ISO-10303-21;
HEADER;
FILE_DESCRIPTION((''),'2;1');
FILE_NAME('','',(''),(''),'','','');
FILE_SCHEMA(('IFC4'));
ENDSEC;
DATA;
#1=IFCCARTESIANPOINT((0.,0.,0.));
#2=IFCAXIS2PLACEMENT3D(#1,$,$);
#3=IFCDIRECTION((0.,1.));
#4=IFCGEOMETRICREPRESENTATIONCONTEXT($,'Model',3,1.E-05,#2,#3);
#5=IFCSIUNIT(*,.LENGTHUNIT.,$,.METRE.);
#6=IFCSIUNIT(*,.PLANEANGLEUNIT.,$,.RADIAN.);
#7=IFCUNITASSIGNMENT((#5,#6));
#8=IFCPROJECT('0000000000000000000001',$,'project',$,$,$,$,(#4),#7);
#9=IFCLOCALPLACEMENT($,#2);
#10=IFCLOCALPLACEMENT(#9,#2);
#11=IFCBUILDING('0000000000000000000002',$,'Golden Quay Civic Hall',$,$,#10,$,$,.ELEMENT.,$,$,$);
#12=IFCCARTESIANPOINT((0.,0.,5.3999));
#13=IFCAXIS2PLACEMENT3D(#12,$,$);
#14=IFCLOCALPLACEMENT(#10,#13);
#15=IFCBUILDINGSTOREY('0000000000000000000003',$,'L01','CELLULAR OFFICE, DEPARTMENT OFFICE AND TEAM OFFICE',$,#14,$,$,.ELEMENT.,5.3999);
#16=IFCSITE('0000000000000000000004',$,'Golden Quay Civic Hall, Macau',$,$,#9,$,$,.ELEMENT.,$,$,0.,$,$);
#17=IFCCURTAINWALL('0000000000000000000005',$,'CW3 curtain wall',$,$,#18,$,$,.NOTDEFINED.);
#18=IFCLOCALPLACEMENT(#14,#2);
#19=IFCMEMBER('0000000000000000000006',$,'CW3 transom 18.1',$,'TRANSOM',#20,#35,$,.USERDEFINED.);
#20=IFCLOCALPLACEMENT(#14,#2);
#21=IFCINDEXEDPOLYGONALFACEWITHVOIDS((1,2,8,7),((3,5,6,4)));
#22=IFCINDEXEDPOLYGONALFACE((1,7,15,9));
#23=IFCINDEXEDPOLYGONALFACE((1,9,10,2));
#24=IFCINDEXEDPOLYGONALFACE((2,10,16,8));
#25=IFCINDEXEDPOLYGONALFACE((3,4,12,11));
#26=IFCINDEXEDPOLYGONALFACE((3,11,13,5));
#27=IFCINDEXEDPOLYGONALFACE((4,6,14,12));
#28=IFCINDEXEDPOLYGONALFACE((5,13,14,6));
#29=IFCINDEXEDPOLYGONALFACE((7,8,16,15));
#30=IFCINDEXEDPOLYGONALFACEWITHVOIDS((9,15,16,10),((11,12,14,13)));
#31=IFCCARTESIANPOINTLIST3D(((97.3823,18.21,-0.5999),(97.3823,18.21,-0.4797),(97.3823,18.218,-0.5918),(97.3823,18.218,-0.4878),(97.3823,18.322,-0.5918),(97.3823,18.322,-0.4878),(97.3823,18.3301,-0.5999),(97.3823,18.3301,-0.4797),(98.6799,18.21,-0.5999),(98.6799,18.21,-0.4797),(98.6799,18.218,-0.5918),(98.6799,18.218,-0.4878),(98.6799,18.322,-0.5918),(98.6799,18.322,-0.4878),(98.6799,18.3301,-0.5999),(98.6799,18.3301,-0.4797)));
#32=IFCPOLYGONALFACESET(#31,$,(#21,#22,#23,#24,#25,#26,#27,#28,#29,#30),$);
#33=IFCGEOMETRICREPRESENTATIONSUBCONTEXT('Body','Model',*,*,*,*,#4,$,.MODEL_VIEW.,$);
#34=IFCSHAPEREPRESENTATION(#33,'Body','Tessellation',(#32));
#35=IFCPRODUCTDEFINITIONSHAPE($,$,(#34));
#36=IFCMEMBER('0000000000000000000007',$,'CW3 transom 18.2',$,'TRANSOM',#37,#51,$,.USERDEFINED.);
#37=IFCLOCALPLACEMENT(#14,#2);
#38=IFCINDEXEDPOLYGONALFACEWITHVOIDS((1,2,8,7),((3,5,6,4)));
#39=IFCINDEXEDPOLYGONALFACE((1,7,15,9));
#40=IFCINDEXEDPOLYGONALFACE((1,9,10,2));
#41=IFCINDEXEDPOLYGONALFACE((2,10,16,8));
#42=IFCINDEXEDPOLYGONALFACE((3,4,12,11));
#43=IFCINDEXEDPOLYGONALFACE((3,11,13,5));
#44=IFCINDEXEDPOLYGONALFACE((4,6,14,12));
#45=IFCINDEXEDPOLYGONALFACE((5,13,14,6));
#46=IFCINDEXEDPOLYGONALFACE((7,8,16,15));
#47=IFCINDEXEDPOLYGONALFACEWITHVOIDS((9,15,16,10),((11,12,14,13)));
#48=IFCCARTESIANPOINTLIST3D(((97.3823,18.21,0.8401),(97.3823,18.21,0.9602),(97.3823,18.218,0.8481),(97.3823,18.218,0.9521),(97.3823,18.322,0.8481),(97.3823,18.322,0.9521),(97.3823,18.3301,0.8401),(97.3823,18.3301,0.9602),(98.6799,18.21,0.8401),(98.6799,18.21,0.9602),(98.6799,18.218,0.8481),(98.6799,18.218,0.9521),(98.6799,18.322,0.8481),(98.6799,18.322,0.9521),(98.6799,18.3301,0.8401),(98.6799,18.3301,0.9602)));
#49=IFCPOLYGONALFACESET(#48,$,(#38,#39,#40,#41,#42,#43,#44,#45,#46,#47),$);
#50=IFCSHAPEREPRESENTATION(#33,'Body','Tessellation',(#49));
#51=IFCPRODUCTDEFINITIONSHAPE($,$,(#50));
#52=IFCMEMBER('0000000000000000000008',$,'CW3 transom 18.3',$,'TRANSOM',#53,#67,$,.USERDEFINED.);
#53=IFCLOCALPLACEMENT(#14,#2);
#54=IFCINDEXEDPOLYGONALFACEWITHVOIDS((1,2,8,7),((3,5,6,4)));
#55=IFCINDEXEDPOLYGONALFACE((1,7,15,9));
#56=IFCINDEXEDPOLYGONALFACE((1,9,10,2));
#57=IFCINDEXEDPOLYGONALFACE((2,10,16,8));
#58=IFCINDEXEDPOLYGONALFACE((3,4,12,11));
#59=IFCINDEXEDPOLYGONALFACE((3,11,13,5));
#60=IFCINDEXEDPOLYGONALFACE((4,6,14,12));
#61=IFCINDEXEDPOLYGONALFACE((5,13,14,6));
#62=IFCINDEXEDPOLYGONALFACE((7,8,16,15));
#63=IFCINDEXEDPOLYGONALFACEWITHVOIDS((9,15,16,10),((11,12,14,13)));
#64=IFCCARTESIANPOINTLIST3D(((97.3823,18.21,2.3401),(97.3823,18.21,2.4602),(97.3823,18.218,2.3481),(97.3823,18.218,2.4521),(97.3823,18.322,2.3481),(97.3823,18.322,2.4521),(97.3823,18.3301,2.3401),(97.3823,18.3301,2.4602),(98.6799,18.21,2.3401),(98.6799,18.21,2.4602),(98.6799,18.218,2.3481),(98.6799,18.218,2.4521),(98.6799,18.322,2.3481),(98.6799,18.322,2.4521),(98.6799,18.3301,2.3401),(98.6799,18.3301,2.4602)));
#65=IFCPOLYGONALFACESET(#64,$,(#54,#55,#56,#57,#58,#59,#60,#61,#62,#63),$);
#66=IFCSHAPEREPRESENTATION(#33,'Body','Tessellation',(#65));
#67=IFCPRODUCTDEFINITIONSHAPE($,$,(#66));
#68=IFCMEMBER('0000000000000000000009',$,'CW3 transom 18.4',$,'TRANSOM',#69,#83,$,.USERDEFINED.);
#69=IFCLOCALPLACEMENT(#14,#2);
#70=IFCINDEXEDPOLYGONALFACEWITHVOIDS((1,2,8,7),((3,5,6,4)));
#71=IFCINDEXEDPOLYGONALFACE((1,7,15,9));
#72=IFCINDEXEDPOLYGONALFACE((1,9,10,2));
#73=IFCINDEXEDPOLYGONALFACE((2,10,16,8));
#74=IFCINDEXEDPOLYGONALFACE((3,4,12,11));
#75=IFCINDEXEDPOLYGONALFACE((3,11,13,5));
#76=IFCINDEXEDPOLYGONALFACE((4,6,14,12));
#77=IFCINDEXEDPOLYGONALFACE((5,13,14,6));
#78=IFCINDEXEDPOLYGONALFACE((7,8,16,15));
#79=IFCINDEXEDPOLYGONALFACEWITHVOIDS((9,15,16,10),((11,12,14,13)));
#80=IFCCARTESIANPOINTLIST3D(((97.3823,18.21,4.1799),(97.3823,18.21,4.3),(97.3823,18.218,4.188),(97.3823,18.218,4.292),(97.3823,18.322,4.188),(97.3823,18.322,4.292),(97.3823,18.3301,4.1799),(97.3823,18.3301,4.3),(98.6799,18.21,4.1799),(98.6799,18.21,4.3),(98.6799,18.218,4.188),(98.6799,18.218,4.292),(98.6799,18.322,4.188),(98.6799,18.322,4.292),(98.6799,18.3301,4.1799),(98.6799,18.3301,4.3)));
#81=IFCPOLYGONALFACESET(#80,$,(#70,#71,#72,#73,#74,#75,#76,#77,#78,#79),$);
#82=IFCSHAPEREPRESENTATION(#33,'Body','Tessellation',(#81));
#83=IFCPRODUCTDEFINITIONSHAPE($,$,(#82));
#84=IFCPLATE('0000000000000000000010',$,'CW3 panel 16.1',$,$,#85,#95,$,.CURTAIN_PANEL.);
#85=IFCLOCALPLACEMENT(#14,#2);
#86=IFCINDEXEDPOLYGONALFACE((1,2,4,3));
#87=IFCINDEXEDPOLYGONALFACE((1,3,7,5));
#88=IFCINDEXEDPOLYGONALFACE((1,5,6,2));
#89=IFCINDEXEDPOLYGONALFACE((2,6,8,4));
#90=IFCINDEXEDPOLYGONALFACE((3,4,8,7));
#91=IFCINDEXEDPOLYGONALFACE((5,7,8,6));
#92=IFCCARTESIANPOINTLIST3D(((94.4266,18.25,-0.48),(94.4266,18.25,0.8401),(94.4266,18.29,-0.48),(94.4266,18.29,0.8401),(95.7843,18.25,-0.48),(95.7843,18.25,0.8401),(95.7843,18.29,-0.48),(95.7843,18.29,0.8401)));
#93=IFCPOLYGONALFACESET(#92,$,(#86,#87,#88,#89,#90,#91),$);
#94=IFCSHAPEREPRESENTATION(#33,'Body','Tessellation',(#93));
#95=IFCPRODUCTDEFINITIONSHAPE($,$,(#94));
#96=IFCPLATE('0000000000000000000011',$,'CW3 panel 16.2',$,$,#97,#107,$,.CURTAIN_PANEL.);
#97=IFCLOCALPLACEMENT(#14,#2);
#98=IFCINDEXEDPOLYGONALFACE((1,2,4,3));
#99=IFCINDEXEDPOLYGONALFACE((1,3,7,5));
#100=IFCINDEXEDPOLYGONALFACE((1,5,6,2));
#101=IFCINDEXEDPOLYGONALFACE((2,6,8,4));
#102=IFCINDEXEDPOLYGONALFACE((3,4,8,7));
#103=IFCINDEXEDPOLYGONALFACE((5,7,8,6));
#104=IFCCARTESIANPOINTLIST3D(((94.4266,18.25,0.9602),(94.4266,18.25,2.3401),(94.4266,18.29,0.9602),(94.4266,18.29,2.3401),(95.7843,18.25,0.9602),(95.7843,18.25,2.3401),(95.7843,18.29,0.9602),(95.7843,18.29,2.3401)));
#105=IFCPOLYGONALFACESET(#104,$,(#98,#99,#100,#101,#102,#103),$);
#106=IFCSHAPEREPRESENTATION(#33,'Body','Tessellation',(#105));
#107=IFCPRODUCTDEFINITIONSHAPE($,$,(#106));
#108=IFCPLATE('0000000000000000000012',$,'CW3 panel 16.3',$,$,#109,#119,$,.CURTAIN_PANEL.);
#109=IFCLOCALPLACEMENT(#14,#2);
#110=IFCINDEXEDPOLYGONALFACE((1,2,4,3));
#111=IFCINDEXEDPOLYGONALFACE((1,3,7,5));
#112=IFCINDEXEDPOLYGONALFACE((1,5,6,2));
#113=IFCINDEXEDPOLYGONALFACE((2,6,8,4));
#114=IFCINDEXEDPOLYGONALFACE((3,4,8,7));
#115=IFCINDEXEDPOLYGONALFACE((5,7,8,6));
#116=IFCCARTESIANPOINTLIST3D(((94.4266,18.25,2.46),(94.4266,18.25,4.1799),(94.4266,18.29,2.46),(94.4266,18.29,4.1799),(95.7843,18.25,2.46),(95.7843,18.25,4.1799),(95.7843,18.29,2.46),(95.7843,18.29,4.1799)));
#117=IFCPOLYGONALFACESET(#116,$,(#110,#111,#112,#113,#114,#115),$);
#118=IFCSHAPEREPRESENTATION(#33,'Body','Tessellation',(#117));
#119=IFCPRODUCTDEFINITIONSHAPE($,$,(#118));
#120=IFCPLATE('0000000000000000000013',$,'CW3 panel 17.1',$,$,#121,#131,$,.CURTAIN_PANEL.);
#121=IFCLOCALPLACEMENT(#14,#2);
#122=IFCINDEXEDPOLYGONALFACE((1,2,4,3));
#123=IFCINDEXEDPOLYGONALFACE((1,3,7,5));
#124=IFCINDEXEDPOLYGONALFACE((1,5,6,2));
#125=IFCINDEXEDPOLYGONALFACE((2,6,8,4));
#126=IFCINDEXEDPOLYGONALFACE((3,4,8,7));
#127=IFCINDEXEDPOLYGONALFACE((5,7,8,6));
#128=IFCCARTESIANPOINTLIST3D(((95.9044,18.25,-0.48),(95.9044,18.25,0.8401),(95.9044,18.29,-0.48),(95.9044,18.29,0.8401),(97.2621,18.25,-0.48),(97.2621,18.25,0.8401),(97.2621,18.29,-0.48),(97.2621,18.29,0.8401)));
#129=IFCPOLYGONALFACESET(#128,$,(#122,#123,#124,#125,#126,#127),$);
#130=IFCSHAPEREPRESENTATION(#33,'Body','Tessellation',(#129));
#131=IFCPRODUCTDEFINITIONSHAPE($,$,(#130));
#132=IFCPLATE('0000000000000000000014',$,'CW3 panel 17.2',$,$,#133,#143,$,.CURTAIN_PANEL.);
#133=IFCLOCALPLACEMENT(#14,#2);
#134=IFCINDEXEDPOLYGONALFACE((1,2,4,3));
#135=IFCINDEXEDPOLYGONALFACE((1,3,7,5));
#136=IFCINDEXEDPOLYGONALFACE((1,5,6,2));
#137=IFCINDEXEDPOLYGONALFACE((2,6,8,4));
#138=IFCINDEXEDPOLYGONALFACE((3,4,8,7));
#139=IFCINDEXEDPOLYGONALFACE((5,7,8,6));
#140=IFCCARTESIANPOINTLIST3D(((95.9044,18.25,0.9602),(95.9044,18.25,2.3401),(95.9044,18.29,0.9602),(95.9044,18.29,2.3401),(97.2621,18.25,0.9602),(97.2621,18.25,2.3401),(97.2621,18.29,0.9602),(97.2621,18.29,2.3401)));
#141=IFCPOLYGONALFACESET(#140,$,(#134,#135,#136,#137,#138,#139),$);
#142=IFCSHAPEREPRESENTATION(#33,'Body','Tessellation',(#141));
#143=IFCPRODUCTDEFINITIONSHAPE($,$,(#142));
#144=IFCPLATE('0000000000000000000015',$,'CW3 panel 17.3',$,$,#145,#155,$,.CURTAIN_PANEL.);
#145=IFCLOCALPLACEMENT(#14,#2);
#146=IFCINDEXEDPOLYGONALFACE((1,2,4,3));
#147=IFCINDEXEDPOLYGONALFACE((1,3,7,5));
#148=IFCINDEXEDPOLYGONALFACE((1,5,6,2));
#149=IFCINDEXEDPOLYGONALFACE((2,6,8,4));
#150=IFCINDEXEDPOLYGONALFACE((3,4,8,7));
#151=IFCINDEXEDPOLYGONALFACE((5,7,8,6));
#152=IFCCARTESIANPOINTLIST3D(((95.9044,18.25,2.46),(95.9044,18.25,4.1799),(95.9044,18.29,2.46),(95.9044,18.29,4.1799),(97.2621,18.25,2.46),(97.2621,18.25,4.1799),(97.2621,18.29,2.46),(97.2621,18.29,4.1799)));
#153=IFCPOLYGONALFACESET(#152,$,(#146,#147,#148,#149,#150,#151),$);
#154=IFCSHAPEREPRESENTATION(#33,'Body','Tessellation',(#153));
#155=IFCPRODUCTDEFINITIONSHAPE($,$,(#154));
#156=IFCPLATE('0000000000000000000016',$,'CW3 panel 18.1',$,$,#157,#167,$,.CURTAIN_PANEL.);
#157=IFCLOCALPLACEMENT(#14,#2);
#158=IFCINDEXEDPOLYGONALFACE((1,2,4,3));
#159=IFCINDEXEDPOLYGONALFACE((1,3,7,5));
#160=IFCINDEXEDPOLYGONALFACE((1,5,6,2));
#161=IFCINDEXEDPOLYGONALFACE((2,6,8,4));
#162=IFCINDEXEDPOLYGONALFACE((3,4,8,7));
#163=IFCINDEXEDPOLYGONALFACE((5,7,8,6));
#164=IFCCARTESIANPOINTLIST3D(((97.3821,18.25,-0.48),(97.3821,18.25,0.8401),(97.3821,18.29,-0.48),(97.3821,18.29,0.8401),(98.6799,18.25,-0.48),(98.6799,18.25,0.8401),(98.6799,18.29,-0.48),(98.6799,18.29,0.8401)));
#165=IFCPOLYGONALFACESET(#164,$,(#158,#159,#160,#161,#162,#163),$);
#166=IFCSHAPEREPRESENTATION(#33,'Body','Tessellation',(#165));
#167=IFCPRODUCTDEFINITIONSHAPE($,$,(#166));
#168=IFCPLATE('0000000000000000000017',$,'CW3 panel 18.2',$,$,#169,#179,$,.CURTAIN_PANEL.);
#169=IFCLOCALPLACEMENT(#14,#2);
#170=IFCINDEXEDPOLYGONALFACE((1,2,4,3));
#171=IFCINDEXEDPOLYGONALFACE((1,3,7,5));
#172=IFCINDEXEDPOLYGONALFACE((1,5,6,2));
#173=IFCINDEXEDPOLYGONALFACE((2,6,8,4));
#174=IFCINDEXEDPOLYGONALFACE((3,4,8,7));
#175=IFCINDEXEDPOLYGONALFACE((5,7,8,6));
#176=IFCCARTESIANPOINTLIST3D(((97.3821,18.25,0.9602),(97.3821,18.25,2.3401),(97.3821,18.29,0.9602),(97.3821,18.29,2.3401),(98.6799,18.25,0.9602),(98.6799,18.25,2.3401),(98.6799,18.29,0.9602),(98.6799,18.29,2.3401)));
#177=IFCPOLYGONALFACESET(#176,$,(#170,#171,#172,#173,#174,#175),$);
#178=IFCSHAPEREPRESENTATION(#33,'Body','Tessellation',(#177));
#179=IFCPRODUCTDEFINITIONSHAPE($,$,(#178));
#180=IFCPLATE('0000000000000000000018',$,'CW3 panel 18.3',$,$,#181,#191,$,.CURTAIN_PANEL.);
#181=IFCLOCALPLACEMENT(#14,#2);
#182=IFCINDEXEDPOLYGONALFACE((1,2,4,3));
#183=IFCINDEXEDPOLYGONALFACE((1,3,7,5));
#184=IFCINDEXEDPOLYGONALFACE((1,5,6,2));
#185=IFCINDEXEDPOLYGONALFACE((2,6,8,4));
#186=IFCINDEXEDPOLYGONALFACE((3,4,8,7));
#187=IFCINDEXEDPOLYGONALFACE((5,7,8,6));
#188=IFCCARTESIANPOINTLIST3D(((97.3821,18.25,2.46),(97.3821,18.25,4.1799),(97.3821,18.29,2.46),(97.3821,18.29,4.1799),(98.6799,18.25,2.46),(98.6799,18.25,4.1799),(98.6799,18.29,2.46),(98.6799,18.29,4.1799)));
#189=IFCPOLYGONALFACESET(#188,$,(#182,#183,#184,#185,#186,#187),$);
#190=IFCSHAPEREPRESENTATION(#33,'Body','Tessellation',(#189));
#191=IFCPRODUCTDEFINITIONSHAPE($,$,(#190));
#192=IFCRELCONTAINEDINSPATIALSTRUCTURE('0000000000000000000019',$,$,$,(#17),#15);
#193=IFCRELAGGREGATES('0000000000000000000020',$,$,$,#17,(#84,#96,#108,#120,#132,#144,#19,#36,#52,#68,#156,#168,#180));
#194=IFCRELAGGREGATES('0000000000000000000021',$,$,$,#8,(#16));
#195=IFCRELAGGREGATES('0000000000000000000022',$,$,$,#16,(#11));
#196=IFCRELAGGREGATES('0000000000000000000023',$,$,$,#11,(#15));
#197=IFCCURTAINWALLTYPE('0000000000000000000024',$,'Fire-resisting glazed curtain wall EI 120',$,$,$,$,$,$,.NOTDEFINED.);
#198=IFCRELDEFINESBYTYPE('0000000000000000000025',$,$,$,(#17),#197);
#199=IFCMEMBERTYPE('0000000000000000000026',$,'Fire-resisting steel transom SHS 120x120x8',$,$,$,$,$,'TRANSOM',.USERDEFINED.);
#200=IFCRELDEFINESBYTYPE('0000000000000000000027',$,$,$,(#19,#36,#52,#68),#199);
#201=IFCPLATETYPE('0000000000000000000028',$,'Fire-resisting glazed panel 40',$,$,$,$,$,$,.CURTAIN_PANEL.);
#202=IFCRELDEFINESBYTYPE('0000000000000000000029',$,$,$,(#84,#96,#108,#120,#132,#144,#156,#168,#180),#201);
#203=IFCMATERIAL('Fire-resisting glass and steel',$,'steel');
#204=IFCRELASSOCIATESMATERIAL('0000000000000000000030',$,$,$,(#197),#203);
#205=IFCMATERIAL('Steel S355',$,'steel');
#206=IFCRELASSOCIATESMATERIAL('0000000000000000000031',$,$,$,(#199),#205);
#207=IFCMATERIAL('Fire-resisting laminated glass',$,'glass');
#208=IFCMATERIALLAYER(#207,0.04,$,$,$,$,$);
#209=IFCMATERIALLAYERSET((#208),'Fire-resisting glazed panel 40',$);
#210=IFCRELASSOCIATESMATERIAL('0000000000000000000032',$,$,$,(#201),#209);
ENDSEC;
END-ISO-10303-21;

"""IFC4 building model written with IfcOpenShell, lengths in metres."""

from ifc_helpers import new_model, si_unit, direction, frame, origin, origin_2d, place, context, subcontext, project, spatial, rectangle, hollow_rectangle, extrude, material, layer, layer_set, material_profile, profile_set, type_object, element, aggregate, save


model = new_model("IFC4")

# Units and contexts
model_context = context("Model", 3, precision=1e-05, world=origin(), true_north=direction((0.0, 1.0)))
body_context = subcontext(model_context, "Body", "Model", "MODEL_VIEW")
ifc_project = project(units=[si_unit("LENGTHUNIT", "METRE"), si_unit("PLANEANGLEUNIT", "RADIAN")], contexts=[model_context])

# Site, building, storey
site_placement = place(None, origin())
site = spatial("IfcSite", under=ifc_project, at=site_placement, Name="Golden Quay Civic Hall, Macau", CompositionType="ELEMENT", RefElevation=0.0)
building_placement = place(site_placement, origin())
building = spatial("IfcBuilding", under=site, at=building_placement, Name="Golden Quay Civic Hall", CompositionType="ELEMENT")
storey_placement = place(building_placement, frame((0.0, 0.0, 5.3999)))
storey = spatial("IfcBuildingStorey", under=building, at=storey_placement, Name="L01", Description="CELLULAR OFFICE, DEPARTMENT OFFICE AND TEAM OFFICE", CompositionType="ELEMENT", Elevation=5.3999)

# Curtain wall, members, plates
ifc_material_1 = material(Name="Fire-resisting glass and steel", Category="steel")
curtain_wall_type = type_object("IfcCurtainWallType", Name="Fire-resisting glazed curtain wall EI 120", PredefinedType="NOTDEFINED", material=ifc_material_1)
curtain_wall_placement = place(storey_placement, origin())
curtain_wall = element("IfcCurtainWall", 1, at=curtain_wall_placement, inside=storey, type_object=curtain_wall_type, Name="CW3 curtain wall", PredefinedType="NOTDEFINED")
ifc_material_2 = material(Name="Steel S355", Category="steel")
ifc_material_profile_1 = material_profile(ifc_material_2, hollow_rectangle(XDim=0.1201, YDim=0.1201, WallThickness=0.0081, at=origin_2d()), Name="SHS 120x120x8")
ifc_profile_set_1 = profile_set([ifc_material_profile_1], Name="Steel S355")
member_type_1 = type_object("IfcMemberType", Name="Fire-resisting steel transom SHS 120x120x8", ElementType="TRANSOM", PredefinedType="USERDEFINED", material=ifc_profile_set_1)
member_1_placement = place(storey_placement, frame((97.3823, 18.27, -0.5398), z_axis=(1.0, 0.0, 0.0), x_axis=(0.0, 1.0, 0.0)))
member_1 = element("IfcMember", 2, at=member_1_placement, type_object=member_type_1, Name="CW3 transom 18.1", ObjectType="TRANSOM", PredefinedType="USERDEFINED", context=body_context, shape_type="SweptSolid", body=[
    extrude(hollow_rectangle(XDim=0.1201, YDim=0.1201, WallThickness=0.0081, at=origin_2d()), origin(), (0.0, 0.0, 1.0), 1.2976),
])
member_2_placement = place(storey_placement, frame((97.3823, 18.27, 0.9001), z_axis=(1.0, 0.0, 0.0), x_axis=(0.0, 1.0, 0.0)))
member_2 = element("IfcMember", 3, at=member_2_placement, type_object=member_type_1, Name="CW3 transom 18.2", ObjectType="TRANSOM", PredefinedType="USERDEFINED", context=body_context, shape_type="SweptSolid", body=[
    extrude(hollow_rectangle(XDim=0.1201, YDim=0.1201, WallThickness=0.0081, at=origin_2d()), origin(), (0.0, 0.0, 1.0), 1.2976),
])
member_3_placement = place(storey_placement, frame((97.3823, 18.27, 2.4001), z_axis=(1.0, 0.0, 0.0), x_axis=(0.0, 1.0, 0.0)))
member_3 = element("IfcMember", 4, at=member_3_placement, type_object=member_type_1, Name="CW3 transom 18.3", ObjectType="TRANSOM", PredefinedType="USERDEFINED", context=body_context, shape_type="SweptSolid", body=[
    extrude(hollow_rectangle(XDim=0.1201, YDim=0.1201, WallThickness=0.0081, at=origin_2d()), origin(), (0.0, 0.0, 1.0), 1.2976),
])
member_4_placement = place(storey_placement, frame((97.3823, 18.27, 4.24), z_axis=(1.0, 0.0, 0.0), x_axis=(0.0, 1.0, 0.0)))
member_4 = element("IfcMember", 5, at=member_4_placement, type_object=member_type_1, Name="CW3 transom 18.4", ObjectType="TRANSOM", PredefinedType="USERDEFINED", context=body_context, shape_type="SweptSolid", body=[
    extrude(hollow_rectangle(XDim=0.1201, YDim=0.1201, WallThickness=0.0081, at=origin_2d()), origin(), (0.0, 0.0, 1.0), 1.2976),
])
ifc_material_3 = material(Name="Fire-resisting laminated glass", Category="glass")
ifc_layer = layer(ifc_material_3, 0.04)
ifc_layer_set = layer_set([ifc_layer], Name="Fire-resisting glazed panel 40")
plate_type = type_object("IfcPlateType", Name="Fire-resisting glazed panel 40", PredefinedType="CURTAIN_PANEL", material=ifc_layer_set)
plate_1_placement = place(storey_placement, frame((95.1055, 18.27, -0.48), z_axis=(0.0, 0.0, 1.0), x_axis=(1.0, 0.0, 0.0)))
plate_1 = element("IfcPlate", 6, at=plate_1_placement, type_object=plate_type, Name="CW3 panel 16.1", PredefinedType="CURTAIN_PANEL", context=body_context, shape_type="SweptSolid", body=[
    extrude(rectangle(XDim=1.3577, YDim=0.04, at=origin_2d()), origin(), (0.0, 0.0, 1.0), 1.3201),
])
plate_2_placement = place(storey_placement, frame((95.1055, 18.27, 0.9602), z_axis=(0.0, 0.0, 1.0), x_axis=(1.0, 0.0, 0.0)))
plate_2 = element("IfcPlate", 7, at=plate_2_placement, type_object=plate_type, Name="CW3 panel 16.2", PredefinedType="CURTAIN_PANEL", context=body_context, shape_type="SweptSolid", body=[
    extrude(rectangle(XDim=1.3577, YDim=0.04, at=origin_2d()), origin(), (0.0, 0.0, 1.0), 1.3799),
])
plate_3_placement = place(storey_placement, frame((95.1055, 18.27, 2.46), z_axis=(0.0, 0.0, 1.0), x_axis=(1.0, 0.0, 0.0)))
plate_3 = element("IfcPlate", 8, at=plate_3_placement, type_object=plate_type, Name="CW3 panel 16.3", PredefinedType="CURTAIN_PANEL", context=body_context, shape_type="SweptSolid", body=[
    extrude(rectangle(XDim=1.3577, YDim=0.04, at=origin_2d()), origin(), (0.0, 0.0, 1.0), 1.72),
])
plate_4_placement = place(storey_placement, frame((96.5833, 18.27, -0.48), z_axis=(0.0, 0.0, 1.0), x_axis=(1.0, 0.0, 0.0)))
plate_4 = element("IfcPlate", 9, at=plate_4_placement, type_object=plate_type, Name="CW3 panel 17.1", PredefinedType="CURTAIN_PANEL", context=body_context, shape_type="SweptSolid", body=[
    extrude(rectangle(XDim=1.3577, YDim=0.04, at=origin_2d()), origin(), (0.0, 0.0, 1.0), 1.3201),
])
plate_5_placement = place(storey_placement, frame((96.5833, 18.27, 0.9602), z_axis=(0.0, 0.0, 1.0), x_axis=(1.0, 0.0, 0.0)))
plate_5 = element("IfcPlate", 10, at=plate_5_placement, type_object=plate_type, Name="CW3 panel 17.2", PredefinedType="CURTAIN_PANEL", context=body_context, shape_type="SweptSolid", body=[
    extrude(rectangle(XDim=1.3577, YDim=0.04, at=origin_2d()), origin(), (0.0, 0.0, 1.0), 1.3799),
])
plate_6_placement = place(storey_placement, frame((96.5833, 18.27, 2.46), z_axis=(0.0, 0.0, 1.0), x_axis=(1.0, 0.0, 0.0)))
plate_6 = element("IfcPlate", 11, at=plate_6_placement, type_object=plate_type, Name="CW3 panel 17.3", PredefinedType="CURTAIN_PANEL", context=body_context, shape_type="SweptSolid", body=[
    extrude(rectangle(XDim=1.3577, YDim=0.04, at=origin_2d()), origin(), (0.0, 0.0, 1.0), 1.72),
])
plate_7_placement = place(storey_placement, frame((98.031, 18.27, -0.48), z_axis=(0.0, 0.0, 1.0), x_axis=(1.0, 0.0, 0.0)))
plate_7 = element("IfcPlate", 12, at=plate_7_placement, type_object=plate_type, Name="CW3 panel 18.1", PredefinedType="CURTAIN_PANEL", context=body_context, shape_type="SweptSolid", body=[
    extrude(rectangle(XDim=1.2979, YDim=0.04, at=origin_2d()), origin(), (0.0, 0.0, 1.0), 1.3201),
])
plate_8_placement = place(storey_placement, frame((98.031, 18.27, 0.9602), z_axis=(0.0, 0.0, 1.0), x_axis=(1.0, 0.0, 0.0)))
plate_8 = element("IfcPlate", 13, at=plate_8_placement, type_object=plate_type, Name="CW3 panel 18.2", PredefinedType="CURTAIN_PANEL", context=body_context, shape_type="SweptSolid", body=[
    extrude(rectangle(XDim=1.2979, YDim=0.04, at=origin_2d()), origin(), (0.0, 0.0, 1.0), 1.3799),
])
plate_9_placement = place(storey_placement, frame((98.031, 18.27, 2.46), z_axis=(0.0, 0.0, 1.0), x_axis=(1.0, 0.0, 0.0)))
plate_9 = element("IfcPlate", 14, at=plate_9_placement, type_object=plate_type, Name="CW3 panel 18.3", PredefinedType="CURTAIN_PANEL", context=body_context, shape_type="SweptSolid", body=[
    extrude(rectangle(XDim=1.2979, YDim=0.04, at=origin_2d()), origin(), (0.0, 0.0, 1.0), 1.72),
])
aggregate(curtain_wall, [plate_1, plate_2, plate_3, plate_4, plate_5, plate_6, member_1, member_2, member_3, member_4, plate_7, plate_8, plate_9])

save(model, "model.ifc")
